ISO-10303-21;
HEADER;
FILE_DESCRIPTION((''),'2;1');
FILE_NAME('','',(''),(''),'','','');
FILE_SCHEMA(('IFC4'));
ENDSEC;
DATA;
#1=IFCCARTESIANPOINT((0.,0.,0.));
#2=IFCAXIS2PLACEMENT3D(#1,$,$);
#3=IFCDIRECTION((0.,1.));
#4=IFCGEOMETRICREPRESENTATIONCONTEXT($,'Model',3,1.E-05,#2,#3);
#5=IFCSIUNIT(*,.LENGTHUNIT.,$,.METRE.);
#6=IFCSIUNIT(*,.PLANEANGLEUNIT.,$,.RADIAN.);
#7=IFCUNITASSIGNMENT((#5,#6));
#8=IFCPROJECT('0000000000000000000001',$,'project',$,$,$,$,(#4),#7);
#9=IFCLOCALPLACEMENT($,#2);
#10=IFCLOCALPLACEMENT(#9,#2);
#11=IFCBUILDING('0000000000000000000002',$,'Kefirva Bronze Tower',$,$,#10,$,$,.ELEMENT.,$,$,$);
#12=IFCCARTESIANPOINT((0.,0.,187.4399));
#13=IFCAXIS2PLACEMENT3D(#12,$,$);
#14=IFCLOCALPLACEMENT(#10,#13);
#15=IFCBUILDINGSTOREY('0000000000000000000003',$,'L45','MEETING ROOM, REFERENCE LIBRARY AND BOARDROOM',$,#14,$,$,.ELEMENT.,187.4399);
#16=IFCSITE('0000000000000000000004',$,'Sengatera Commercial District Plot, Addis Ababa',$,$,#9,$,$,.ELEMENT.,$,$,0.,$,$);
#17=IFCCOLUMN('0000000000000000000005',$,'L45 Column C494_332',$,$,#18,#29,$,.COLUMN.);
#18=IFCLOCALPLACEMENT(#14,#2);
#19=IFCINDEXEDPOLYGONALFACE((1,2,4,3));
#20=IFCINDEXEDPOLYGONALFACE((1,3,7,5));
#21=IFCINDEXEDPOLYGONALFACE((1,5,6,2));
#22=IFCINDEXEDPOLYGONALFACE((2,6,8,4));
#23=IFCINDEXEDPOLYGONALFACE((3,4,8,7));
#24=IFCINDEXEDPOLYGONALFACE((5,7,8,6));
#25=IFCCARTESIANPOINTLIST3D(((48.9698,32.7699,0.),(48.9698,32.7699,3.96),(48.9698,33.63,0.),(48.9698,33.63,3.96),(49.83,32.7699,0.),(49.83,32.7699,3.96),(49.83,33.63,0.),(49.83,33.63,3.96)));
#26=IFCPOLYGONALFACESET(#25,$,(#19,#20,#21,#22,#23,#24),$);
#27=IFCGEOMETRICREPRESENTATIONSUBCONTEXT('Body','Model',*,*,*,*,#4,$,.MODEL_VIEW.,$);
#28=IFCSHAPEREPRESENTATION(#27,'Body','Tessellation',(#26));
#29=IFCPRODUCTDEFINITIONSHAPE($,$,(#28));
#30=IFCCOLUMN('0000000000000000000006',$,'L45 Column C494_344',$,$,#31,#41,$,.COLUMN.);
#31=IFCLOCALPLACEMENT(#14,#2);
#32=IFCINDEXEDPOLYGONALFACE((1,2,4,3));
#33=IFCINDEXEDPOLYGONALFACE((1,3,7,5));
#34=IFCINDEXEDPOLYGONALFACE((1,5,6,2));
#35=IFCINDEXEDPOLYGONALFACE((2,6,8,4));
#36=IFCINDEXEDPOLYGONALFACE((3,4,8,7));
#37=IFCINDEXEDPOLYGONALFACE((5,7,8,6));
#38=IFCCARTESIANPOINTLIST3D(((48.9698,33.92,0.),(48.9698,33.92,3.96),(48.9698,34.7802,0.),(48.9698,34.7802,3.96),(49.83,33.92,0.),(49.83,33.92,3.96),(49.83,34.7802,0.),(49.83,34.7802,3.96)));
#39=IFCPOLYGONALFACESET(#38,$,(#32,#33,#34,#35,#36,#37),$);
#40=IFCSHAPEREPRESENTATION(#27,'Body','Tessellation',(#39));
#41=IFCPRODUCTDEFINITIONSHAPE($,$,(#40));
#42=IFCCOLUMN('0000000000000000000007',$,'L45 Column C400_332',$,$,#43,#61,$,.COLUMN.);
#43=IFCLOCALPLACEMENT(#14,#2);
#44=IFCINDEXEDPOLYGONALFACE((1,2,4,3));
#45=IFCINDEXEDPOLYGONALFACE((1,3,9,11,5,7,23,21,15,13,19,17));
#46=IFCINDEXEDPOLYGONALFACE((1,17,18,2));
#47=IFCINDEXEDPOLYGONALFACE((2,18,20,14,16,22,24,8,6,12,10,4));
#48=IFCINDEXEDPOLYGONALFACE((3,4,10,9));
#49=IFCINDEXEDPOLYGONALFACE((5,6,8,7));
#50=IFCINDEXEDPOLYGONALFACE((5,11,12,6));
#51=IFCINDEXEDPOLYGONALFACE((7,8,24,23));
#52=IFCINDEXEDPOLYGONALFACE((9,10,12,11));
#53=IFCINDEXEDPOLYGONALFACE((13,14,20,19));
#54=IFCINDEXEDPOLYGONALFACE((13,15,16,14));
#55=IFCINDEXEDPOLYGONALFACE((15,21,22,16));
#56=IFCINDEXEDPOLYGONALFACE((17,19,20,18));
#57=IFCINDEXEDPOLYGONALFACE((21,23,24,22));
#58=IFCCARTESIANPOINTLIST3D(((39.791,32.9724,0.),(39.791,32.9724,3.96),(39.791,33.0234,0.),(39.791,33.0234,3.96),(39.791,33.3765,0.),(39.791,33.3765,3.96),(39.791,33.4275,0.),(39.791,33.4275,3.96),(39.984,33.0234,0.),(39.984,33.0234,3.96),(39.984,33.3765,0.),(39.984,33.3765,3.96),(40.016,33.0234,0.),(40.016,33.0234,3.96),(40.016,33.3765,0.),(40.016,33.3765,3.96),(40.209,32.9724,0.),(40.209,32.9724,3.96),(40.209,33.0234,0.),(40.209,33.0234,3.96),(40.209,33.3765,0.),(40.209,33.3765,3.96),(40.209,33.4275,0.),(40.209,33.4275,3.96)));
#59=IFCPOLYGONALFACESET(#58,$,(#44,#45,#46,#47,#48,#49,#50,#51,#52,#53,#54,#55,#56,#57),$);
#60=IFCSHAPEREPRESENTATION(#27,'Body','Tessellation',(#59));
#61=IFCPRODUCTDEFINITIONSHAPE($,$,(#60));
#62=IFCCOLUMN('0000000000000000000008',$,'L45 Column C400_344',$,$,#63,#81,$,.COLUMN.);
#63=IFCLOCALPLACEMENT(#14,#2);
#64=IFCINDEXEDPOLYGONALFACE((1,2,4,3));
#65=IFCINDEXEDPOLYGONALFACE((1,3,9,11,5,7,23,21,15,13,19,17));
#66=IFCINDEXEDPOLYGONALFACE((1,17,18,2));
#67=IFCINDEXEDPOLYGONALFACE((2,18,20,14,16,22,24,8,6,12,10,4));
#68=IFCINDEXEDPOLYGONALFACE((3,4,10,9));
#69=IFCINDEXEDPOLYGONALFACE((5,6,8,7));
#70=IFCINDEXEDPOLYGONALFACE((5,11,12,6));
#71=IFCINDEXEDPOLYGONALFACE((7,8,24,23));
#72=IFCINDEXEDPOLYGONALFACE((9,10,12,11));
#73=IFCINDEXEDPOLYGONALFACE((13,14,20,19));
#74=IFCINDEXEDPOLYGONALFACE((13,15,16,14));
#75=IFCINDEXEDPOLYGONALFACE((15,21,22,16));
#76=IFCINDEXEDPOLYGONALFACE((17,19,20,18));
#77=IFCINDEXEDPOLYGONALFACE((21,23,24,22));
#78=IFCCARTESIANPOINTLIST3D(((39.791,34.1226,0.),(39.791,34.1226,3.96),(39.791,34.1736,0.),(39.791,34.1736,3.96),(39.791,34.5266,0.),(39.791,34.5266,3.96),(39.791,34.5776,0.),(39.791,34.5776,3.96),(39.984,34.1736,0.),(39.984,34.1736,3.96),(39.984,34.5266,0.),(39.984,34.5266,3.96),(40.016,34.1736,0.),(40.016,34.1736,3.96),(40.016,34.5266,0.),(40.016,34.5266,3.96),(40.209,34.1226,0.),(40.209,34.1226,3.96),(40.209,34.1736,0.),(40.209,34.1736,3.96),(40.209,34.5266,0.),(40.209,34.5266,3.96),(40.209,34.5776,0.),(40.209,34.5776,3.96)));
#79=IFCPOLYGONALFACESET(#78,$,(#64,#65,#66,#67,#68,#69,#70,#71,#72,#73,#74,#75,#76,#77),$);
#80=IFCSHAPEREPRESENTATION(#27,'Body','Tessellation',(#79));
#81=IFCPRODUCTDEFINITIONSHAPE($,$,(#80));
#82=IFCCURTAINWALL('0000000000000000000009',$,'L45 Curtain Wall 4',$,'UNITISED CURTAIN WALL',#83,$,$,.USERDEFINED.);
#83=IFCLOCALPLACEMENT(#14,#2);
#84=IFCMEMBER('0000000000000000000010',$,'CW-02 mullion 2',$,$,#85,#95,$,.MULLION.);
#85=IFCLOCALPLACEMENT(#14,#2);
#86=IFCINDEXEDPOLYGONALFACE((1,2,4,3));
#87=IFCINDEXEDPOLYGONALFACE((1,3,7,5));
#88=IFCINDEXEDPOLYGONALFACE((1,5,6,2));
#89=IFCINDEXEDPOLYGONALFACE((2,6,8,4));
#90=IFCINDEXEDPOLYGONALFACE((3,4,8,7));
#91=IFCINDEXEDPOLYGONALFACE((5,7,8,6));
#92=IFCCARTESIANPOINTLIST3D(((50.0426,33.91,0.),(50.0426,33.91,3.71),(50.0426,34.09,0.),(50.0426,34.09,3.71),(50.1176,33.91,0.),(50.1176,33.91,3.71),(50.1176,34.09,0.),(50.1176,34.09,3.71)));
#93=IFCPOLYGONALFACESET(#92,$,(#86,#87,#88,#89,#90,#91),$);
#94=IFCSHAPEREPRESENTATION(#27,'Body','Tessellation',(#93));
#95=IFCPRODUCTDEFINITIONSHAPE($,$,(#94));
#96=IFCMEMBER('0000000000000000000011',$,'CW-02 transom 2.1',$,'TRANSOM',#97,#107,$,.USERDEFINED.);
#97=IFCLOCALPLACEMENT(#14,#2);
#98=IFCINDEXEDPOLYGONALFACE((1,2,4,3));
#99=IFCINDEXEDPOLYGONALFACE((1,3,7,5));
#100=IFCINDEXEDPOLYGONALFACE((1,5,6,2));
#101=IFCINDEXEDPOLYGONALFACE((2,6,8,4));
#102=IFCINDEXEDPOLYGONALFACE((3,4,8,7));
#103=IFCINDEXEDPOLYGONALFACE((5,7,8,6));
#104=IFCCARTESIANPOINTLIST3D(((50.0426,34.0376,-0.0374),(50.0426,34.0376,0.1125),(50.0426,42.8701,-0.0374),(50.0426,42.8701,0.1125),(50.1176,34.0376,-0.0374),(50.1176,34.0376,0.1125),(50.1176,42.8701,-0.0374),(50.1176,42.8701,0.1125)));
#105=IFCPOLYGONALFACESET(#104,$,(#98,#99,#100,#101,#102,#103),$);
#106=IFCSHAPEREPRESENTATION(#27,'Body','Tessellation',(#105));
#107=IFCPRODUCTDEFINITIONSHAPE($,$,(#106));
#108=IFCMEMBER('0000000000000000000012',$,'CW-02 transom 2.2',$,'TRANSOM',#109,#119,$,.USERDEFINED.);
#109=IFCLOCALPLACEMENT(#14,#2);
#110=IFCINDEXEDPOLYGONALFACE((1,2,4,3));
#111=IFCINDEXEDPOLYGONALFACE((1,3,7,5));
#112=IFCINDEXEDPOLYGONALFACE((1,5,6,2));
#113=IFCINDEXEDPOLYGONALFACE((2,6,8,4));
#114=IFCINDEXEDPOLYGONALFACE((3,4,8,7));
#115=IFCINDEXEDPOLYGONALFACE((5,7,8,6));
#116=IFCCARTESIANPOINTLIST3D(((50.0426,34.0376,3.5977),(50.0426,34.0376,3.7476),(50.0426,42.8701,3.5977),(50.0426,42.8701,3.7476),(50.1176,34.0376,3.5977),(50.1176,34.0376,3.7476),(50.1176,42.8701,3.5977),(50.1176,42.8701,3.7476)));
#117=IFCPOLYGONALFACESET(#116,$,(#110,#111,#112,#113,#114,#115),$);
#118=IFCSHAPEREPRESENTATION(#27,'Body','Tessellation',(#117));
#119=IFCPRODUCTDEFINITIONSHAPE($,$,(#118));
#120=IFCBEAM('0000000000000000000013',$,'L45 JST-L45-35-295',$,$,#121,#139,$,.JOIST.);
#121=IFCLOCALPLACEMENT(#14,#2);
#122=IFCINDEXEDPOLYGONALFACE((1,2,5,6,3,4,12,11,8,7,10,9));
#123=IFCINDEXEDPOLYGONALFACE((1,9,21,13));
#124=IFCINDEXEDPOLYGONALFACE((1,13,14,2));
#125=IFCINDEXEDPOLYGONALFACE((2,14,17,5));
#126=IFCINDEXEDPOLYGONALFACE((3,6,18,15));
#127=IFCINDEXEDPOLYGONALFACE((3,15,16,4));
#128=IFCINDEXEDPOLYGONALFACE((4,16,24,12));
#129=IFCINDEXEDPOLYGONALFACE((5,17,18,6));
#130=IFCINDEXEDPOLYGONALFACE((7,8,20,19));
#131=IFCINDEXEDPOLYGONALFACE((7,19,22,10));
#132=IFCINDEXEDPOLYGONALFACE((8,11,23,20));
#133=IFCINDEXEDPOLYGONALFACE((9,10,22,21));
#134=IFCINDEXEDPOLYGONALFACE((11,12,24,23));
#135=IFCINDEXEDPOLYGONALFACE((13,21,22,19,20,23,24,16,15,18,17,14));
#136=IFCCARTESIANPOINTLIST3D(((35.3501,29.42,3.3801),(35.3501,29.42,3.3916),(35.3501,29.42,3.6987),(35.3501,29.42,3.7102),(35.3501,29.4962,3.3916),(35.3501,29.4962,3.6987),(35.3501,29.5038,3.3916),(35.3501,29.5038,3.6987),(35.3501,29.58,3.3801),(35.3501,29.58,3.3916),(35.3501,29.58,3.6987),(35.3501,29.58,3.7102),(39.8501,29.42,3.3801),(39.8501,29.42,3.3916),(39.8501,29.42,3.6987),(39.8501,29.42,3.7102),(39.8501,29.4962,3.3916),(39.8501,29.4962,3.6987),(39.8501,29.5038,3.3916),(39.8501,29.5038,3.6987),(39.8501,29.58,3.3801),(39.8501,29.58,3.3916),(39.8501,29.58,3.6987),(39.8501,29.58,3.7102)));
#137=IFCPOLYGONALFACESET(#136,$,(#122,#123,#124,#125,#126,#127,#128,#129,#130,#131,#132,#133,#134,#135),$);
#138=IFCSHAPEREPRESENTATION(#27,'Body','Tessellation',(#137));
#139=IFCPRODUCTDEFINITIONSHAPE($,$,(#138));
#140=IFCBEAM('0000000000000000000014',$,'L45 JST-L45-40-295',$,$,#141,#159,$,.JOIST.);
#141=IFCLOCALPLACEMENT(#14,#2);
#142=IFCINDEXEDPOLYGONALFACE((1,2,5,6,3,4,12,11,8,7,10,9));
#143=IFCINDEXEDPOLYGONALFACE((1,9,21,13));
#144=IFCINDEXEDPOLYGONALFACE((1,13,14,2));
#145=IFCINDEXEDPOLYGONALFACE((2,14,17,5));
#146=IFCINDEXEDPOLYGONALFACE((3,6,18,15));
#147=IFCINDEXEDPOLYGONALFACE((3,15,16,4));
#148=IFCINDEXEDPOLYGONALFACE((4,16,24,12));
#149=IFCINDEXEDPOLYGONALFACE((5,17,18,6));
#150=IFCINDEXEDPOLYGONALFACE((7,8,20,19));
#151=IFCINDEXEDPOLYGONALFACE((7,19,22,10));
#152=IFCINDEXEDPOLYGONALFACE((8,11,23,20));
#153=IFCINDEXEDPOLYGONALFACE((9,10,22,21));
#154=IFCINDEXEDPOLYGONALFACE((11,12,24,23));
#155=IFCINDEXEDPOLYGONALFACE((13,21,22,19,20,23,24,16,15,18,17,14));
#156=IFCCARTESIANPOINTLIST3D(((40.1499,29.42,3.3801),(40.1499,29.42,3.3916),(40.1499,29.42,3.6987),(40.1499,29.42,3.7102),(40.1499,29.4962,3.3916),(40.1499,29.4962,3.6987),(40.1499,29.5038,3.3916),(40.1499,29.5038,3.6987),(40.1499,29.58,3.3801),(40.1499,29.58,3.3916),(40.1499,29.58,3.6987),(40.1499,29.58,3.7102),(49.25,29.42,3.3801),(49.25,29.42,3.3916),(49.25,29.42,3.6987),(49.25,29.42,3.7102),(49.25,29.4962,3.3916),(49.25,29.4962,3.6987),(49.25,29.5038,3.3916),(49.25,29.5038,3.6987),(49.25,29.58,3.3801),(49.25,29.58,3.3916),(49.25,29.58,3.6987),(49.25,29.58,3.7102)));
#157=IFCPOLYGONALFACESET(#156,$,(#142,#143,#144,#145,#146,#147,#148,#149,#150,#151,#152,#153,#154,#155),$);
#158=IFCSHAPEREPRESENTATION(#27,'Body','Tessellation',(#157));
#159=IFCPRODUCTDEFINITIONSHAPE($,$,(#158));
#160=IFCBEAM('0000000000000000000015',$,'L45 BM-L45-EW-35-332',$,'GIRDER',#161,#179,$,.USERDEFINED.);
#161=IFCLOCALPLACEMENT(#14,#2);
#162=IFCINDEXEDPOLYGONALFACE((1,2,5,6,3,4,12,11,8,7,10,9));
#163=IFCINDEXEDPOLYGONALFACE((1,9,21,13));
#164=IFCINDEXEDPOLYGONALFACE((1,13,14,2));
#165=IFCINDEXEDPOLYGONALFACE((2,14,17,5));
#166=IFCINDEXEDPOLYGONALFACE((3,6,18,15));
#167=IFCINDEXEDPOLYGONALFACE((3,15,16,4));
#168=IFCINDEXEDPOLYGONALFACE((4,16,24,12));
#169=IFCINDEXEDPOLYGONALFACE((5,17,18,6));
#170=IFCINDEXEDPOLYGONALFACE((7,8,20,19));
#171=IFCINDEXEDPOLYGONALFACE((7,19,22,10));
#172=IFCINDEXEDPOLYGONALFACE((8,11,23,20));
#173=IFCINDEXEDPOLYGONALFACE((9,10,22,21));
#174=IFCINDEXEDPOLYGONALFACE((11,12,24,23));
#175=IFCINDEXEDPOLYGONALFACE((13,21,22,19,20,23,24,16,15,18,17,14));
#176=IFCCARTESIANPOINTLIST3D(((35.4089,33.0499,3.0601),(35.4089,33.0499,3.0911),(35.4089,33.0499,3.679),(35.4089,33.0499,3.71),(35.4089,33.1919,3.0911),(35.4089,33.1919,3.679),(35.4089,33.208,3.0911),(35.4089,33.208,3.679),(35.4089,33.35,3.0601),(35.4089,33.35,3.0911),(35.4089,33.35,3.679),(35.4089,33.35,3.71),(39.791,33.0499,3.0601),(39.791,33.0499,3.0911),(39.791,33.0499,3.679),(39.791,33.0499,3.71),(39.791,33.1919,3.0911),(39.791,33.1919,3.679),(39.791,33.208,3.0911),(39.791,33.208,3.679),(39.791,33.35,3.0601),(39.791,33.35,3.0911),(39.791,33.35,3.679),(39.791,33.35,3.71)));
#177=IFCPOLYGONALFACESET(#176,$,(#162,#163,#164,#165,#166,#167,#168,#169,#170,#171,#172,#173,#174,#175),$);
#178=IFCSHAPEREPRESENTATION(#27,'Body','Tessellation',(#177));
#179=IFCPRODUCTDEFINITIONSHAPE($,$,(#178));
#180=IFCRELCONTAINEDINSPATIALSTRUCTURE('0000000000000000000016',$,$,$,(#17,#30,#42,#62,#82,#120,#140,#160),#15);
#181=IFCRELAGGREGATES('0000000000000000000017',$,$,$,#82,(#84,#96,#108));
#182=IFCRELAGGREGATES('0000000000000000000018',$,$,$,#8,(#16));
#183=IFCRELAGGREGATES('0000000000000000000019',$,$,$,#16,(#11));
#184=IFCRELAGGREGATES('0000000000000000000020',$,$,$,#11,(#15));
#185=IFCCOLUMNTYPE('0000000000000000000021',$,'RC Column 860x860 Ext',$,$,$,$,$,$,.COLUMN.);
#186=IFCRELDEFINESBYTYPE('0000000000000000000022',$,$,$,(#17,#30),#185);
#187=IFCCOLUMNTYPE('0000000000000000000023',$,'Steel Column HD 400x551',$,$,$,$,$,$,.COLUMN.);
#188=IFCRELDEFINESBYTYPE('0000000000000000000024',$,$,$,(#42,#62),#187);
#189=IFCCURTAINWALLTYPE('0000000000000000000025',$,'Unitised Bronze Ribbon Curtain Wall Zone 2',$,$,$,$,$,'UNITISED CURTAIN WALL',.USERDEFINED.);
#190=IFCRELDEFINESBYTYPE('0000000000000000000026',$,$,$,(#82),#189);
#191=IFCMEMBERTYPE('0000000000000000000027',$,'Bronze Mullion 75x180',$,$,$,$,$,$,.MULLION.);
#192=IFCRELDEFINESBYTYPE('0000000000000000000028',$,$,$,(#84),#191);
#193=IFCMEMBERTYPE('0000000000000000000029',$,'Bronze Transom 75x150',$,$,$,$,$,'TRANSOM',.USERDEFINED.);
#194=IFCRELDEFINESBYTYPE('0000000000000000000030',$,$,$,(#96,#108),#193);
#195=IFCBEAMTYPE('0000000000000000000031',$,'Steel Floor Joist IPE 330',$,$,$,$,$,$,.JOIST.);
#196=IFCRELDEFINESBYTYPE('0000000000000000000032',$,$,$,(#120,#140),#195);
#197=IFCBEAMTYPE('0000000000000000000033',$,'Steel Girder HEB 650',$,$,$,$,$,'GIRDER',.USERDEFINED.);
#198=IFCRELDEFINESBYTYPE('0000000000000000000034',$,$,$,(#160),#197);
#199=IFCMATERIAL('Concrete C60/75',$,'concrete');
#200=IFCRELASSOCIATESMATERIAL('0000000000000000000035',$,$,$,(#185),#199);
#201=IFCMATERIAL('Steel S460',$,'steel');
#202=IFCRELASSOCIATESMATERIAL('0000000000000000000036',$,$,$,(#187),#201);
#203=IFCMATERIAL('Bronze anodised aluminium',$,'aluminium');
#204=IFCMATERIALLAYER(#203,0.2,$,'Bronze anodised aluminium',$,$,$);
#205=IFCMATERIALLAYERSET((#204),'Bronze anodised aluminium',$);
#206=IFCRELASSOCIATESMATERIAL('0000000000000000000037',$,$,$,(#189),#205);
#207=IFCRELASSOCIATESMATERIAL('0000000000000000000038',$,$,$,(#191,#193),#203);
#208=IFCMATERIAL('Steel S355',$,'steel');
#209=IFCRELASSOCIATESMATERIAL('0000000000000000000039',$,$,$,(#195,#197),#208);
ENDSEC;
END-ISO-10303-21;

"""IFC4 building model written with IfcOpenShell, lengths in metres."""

from ifc_helpers import new_model, si_unit, direction, frame, origin, origin_2d, place, context, subcontext, project, spatial, rectangle, i_section, extrude, material, layer, layer_set, material_profile, profile_set, type_object, element, aggregate, save


model = new_model("IFC4")

# Units and contexts
model_context = context("Model", 3, precision=1e-05, world=origin(), true_north=direction((0.0, 1.0)))
body_context = subcontext(model_context, "Body", "Model", "MODEL_VIEW")
ifc_project = project(units=[si_unit("LENGTHUNIT", "METRE"), si_unit("PLANEANGLEUNIT", "RADIAN")], contexts=[model_context])

# Site, building, storey
site_placement = place(None, origin())
site = spatial("IfcSite", under=ifc_project, at=site_placement, Name="Sengatera Commercial District Plot, Addis Ababa", CompositionType="ELEMENT", RefElevation=0.0)
building_placement = place(site_placement, origin())
building = spatial("IfcBuilding", under=site, at=building_placement, Name="Kefirva Bronze Tower", CompositionType="ELEMENT")
storey_placement = place(building_placement, frame((0.0, 0.0, 187.4399)))
storey = spatial("IfcBuildingStorey", under=building, at=storey_placement, Name="L45", Description="MEETING ROOM, REFERENCE LIBRARY AND BOARDROOM", CompositionType="ELEMENT", Elevation=187.4399)

# Columns
ifc_material_1 = material(Name="Concrete C60/75", Category="concrete")
ifc_material_profile_1 = material_profile(ifc_material_1, rectangle(XDim=0.8601, YDim=0.8601, at=origin_2d()), Name="RC 860x860")
ifc_profile_set_1 = profile_set([ifc_material_profile_1], Name="Concrete C60/75")
column_type_1 = type_object("IfcColumnType", Name="RC Column 860x860 Ext", PredefinedType="COLUMN", material=ifc_profile_set_1)
for number, where, z_axis, x_axis, name in (
    (1, (49.3999, 33.2, 0.0), (0.0, 0.0, 1.0), (1.0, 0.0, 0.0), "L45 Column C494_332"),
    (2, (49.3999, 34.3501, 0.0), (0.0, 0.0, 1.0), (1.0, 0.0, 0.0), "L45 Column C494_344"),
):
    element("IfcColumn", number, at=place(storey_placement, frame(where, z_axis=z_axis, x_axis=x_axis)), inside=storey, type_object=column_type_1, Name=name, PredefinedType="COLUMN", context=body_context, shape_type="SweptSolid", body=[
        extrude(rectangle(XDim=0.8601, YDim=0.8601, at=origin_2d()), origin(), (0.0, 0.0, 1.0), 3.96),
    ])
ifc_material_2 = material(Name="Steel S460", Category="steel")
ifc_material_profile_2 = material_profile(ifc_material_2, i_section(OverallWidth=0.418, OverallDepth=0.4551, WebThickness=0.032, FlangeThickness=0.051, at=origin_2d()), Name="HD 400x551")
ifc_profile_set_2 = profile_set([ifc_material_profile_2], Name="Steel S460")
column_type_2 = type_object("IfcColumnType", Name="Steel Column HD 400x551", PredefinedType="COLUMN", material=ifc_profile_set_2)
for number, where, z_axis, x_axis, name in (
    (3, (40.0, 33.2, 0.0), (0.0, 0.0, 1.0), (1.0, 0.0, 0.0), "L45 Column C400_332"),
    (4, (40.0, 34.3501, 0.0), (0.0, 0.0, 1.0), (1.0, 0.0, 0.0), "L45 Column C400_344"),
):
    element("IfcColumn", number, at=place(storey_placement, frame(where, z_axis=z_axis, x_axis=x_axis)), inside=storey, type_object=column_type_2, Name=name, PredefinedType="COLUMN", context=body_context, shape_type="SweptSolid", body=[
        extrude(i_section(OverallWidth=0.418, OverallDepth=0.4551, WebThickness=0.032, FlangeThickness=0.051, at=origin_2d()), origin(), (0.0, 0.0, 1.0), 3.96),
    ])

# Curtain wall, members
ifc_material_3 = material(Name="Bronze anodised aluminium", Category="aluminium")
ifc_layer_1 = layer(ifc_material_3, 0.2, Name="Bronze anodised aluminium")
ifc_layer_set_1 = layer_set([ifc_layer_1], Name="Bronze anodised aluminium")
curtain_wall_type = type_object("IfcCurtainWallType", Name="Unitised Bronze Ribbon Curtain Wall Zone 2", ElementType="UNITISED CURTAIN WALL", PredefinedType="USERDEFINED", material=ifc_layer_set_1)
curtain_wall_placement = place(storey_placement, origin())
curtain_wall = element("IfcCurtainWall", 5, at=curtain_wall_placement, inside=storey, type_object=curtain_wall_type, Name="L45 Curtain Wall 4", ObjectType="UNITISED CURTAIN WALL", PredefinedType="USERDEFINED")
ifc_material_profile_3 = material_profile(ifc_material_3, rectangle(XDim=0.075, YDim=0.1799, at=origin_2d()), Name="ALU 75x180")
ifc_profile_set_3 = profile_set([ifc_material_profile_3], Name="Bronze anodised aluminium")
member_type_1 = type_object("IfcMemberType", Name="Bronze Mullion 75x180", PredefinedType="MULLION", material=ifc_profile_set_3)
member_1_placement = place(storey_placement, frame((50.0801, 34.0, 0.0), z_axis=(0.0, 0.0, 1.0), x_axis=(-1.0, 0.0, 0.0)))
member_1 = element("IfcMember", 6, at=member_1_placement, type_object=member_type_1, Name="CW-02 mullion 2", PredefinedType="MULLION", context=body_context, shape_type="SweptSolid", body=[
    extrude(rectangle(XDim=0.075, YDim=0.1799, at=origin_2d()), origin(), (0.0, 0.0, 1.0), 3.71),
])
ifc_material_profile_4 = material_profile(ifc_material_3, rectangle(XDim=0.075, YDim=0.1499, at=origin_2d()), Name="ALU 75x150")
ifc_profile_set_4 = profile_set([ifc_material_profile_4], Name="Bronze anodised aluminium")
member_type_2 = type_object("IfcMemberType", Name="Bronze Transom 75x150", ElementType="TRANSOM", PredefinedType="USERDEFINED", material=ifc_profile_set_4)
member_2_placement = place(storey_placement, frame((50.0801, 34.0376, 0.0376), z_axis=(0.0, 1.0, 0.0), x_axis=(-1.0, 0.0, 0.0)))
member_2 = element("IfcMember", 7, at=member_2_placement, type_object=member_type_2, Name="CW-02 transom 2.1", ObjectType="TRANSOM", PredefinedType="USERDEFINED", context=body_context, shape_type="SweptSolid", body=[
    extrude(rectangle(XDim=0.075, YDim=0.1499, at=origin_2d()), origin(), (0.0, 0.0, 1.0), 8.8325),
])
member_3_placement = place(storey_placement, frame((50.0801, 34.0376, 3.6726), z_axis=(0.0, 1.0, 0.0), x_axis=(-1.0, 0.0, 0.0)))
member_3 = element("IfcMember", 8, at=member_3_placement, type_object=member_type_2, Name="CW-02 transom 2.2", ObjectType="TRANSOM", PredefinedType="USERDEFINED", context=body_context, shape_type="SweptSolid", body=[
    extrude(rectangle(XDim=0.075, YDim=0.1499, at=origin_2d()), origin(), (0.0, 0.0, 1.0), 8.8325),
])

# Beams
ifc_material_4 = material(Name="Steel S355", Category="steel")
ifc_material_profile_5 = material_profile(ifc_material_4, i_section(OverallWidth=0.1599, OverallDepth=0.3301, WebThickness=0.0076, FlangeThickness=0.0115, at=origin_2d()), Name="IPE 330")
ifc_profile_set_5 = profile_set([ifc_material_profile_5], Name="Steel S355")
beam_type_1 = type_object("IfcBeamType", Name="Steel Floor Joist IPE 330", PredefinedType="JOIST", material=ifc_profile_set_5)
beam_1_placement = place(storey_placement, frame((35.3501, 29.5, 3.5452), z_axis=(1.0, 0.0, 0.0), x_axis=(0.0, 1.0, 0.0)))
element("IfcBeam", 9, at=beam_1_placement, inside=storey, type_object=beam_type_1, Name="L45 JST-L45-35-295", PredefinedType="JOIST", context=body_context, shape_type="SweptSolid", body=[
    extrude(i_section(OverallWidth=0.1599, OverallDepth=0.3301, WebThickness=0.0076, FlangeThickness=0.0115, at=origin_2d()), origin(), (0.0, 0.0, 1.0), 4.5),
])
beam_2_placement = place(storey_placement, frame((40.1499, 29.5, 3.5452), z_axis=(1.0, 0.0, 0.0), x_axis=(0.0, 1.0, 0.0)))
element("IfcBeam", 10, at=beam_2_placement, inside=storey, type_object=beam_type_1, Name="L45 JST-L45-40-295", PredefinedType="JOIST", context=body_context, shape_type="SweptSolid", body=[
    extrude(i_section(OverallWidth=0.1599, OverallDepth=0.3301, WebThickness=0.0076, FlangeThickness=0.0115, at=origin_2d()), origin(), (0.0, 0.0, 1.0), 9.1001),
])
ifc_material_profile_6 = material_profile(ifc_material_4, i_section(OverallWidth=0.3, OverallDepth=0.6499, WebThickness=0.0161, FlangeThickness=0.031, at=origin_2d()), Name="HEB 650")
ifc_profile_set_6 = profile_set([ifc_material_profile_6], Name="Steel S355")
beam_type_2 = type_object("IfcBeamType", Name="Steel Girder HEB 650", ElementType="GIRDER", PredefinedType="USERDEFINED", material=ifc_profile_set_6)
beam_3_placement = place(storey_placement, frame((35.4089, 33.2, 3.385), z_axis=(1.0, 0.0, 0.0), x_axis=(0.0, 1.0, 0.0)))
element("IfcBeam", 11, at=beam_3_placement, inside=storey, type_object=beam_type_2, Name="L45 BM-L45-EW-35-332", ObjectType="GIRDER", PredefinedType="USERDEFINED", context=body_context, shape_type="SweptSolid", body=[
    extrude(i_section(OverallWidth=0.3, OverallDepth=0.6499, WebThickness=0.0161, FlangeThickness=0.031, at=origin_2d()), origin(), (0.0, 0.0, 1.0), 4.3821),
])

aggregate(curtain_wall, [member_1, member_2, member_3])

save(model, "model.ifc")
